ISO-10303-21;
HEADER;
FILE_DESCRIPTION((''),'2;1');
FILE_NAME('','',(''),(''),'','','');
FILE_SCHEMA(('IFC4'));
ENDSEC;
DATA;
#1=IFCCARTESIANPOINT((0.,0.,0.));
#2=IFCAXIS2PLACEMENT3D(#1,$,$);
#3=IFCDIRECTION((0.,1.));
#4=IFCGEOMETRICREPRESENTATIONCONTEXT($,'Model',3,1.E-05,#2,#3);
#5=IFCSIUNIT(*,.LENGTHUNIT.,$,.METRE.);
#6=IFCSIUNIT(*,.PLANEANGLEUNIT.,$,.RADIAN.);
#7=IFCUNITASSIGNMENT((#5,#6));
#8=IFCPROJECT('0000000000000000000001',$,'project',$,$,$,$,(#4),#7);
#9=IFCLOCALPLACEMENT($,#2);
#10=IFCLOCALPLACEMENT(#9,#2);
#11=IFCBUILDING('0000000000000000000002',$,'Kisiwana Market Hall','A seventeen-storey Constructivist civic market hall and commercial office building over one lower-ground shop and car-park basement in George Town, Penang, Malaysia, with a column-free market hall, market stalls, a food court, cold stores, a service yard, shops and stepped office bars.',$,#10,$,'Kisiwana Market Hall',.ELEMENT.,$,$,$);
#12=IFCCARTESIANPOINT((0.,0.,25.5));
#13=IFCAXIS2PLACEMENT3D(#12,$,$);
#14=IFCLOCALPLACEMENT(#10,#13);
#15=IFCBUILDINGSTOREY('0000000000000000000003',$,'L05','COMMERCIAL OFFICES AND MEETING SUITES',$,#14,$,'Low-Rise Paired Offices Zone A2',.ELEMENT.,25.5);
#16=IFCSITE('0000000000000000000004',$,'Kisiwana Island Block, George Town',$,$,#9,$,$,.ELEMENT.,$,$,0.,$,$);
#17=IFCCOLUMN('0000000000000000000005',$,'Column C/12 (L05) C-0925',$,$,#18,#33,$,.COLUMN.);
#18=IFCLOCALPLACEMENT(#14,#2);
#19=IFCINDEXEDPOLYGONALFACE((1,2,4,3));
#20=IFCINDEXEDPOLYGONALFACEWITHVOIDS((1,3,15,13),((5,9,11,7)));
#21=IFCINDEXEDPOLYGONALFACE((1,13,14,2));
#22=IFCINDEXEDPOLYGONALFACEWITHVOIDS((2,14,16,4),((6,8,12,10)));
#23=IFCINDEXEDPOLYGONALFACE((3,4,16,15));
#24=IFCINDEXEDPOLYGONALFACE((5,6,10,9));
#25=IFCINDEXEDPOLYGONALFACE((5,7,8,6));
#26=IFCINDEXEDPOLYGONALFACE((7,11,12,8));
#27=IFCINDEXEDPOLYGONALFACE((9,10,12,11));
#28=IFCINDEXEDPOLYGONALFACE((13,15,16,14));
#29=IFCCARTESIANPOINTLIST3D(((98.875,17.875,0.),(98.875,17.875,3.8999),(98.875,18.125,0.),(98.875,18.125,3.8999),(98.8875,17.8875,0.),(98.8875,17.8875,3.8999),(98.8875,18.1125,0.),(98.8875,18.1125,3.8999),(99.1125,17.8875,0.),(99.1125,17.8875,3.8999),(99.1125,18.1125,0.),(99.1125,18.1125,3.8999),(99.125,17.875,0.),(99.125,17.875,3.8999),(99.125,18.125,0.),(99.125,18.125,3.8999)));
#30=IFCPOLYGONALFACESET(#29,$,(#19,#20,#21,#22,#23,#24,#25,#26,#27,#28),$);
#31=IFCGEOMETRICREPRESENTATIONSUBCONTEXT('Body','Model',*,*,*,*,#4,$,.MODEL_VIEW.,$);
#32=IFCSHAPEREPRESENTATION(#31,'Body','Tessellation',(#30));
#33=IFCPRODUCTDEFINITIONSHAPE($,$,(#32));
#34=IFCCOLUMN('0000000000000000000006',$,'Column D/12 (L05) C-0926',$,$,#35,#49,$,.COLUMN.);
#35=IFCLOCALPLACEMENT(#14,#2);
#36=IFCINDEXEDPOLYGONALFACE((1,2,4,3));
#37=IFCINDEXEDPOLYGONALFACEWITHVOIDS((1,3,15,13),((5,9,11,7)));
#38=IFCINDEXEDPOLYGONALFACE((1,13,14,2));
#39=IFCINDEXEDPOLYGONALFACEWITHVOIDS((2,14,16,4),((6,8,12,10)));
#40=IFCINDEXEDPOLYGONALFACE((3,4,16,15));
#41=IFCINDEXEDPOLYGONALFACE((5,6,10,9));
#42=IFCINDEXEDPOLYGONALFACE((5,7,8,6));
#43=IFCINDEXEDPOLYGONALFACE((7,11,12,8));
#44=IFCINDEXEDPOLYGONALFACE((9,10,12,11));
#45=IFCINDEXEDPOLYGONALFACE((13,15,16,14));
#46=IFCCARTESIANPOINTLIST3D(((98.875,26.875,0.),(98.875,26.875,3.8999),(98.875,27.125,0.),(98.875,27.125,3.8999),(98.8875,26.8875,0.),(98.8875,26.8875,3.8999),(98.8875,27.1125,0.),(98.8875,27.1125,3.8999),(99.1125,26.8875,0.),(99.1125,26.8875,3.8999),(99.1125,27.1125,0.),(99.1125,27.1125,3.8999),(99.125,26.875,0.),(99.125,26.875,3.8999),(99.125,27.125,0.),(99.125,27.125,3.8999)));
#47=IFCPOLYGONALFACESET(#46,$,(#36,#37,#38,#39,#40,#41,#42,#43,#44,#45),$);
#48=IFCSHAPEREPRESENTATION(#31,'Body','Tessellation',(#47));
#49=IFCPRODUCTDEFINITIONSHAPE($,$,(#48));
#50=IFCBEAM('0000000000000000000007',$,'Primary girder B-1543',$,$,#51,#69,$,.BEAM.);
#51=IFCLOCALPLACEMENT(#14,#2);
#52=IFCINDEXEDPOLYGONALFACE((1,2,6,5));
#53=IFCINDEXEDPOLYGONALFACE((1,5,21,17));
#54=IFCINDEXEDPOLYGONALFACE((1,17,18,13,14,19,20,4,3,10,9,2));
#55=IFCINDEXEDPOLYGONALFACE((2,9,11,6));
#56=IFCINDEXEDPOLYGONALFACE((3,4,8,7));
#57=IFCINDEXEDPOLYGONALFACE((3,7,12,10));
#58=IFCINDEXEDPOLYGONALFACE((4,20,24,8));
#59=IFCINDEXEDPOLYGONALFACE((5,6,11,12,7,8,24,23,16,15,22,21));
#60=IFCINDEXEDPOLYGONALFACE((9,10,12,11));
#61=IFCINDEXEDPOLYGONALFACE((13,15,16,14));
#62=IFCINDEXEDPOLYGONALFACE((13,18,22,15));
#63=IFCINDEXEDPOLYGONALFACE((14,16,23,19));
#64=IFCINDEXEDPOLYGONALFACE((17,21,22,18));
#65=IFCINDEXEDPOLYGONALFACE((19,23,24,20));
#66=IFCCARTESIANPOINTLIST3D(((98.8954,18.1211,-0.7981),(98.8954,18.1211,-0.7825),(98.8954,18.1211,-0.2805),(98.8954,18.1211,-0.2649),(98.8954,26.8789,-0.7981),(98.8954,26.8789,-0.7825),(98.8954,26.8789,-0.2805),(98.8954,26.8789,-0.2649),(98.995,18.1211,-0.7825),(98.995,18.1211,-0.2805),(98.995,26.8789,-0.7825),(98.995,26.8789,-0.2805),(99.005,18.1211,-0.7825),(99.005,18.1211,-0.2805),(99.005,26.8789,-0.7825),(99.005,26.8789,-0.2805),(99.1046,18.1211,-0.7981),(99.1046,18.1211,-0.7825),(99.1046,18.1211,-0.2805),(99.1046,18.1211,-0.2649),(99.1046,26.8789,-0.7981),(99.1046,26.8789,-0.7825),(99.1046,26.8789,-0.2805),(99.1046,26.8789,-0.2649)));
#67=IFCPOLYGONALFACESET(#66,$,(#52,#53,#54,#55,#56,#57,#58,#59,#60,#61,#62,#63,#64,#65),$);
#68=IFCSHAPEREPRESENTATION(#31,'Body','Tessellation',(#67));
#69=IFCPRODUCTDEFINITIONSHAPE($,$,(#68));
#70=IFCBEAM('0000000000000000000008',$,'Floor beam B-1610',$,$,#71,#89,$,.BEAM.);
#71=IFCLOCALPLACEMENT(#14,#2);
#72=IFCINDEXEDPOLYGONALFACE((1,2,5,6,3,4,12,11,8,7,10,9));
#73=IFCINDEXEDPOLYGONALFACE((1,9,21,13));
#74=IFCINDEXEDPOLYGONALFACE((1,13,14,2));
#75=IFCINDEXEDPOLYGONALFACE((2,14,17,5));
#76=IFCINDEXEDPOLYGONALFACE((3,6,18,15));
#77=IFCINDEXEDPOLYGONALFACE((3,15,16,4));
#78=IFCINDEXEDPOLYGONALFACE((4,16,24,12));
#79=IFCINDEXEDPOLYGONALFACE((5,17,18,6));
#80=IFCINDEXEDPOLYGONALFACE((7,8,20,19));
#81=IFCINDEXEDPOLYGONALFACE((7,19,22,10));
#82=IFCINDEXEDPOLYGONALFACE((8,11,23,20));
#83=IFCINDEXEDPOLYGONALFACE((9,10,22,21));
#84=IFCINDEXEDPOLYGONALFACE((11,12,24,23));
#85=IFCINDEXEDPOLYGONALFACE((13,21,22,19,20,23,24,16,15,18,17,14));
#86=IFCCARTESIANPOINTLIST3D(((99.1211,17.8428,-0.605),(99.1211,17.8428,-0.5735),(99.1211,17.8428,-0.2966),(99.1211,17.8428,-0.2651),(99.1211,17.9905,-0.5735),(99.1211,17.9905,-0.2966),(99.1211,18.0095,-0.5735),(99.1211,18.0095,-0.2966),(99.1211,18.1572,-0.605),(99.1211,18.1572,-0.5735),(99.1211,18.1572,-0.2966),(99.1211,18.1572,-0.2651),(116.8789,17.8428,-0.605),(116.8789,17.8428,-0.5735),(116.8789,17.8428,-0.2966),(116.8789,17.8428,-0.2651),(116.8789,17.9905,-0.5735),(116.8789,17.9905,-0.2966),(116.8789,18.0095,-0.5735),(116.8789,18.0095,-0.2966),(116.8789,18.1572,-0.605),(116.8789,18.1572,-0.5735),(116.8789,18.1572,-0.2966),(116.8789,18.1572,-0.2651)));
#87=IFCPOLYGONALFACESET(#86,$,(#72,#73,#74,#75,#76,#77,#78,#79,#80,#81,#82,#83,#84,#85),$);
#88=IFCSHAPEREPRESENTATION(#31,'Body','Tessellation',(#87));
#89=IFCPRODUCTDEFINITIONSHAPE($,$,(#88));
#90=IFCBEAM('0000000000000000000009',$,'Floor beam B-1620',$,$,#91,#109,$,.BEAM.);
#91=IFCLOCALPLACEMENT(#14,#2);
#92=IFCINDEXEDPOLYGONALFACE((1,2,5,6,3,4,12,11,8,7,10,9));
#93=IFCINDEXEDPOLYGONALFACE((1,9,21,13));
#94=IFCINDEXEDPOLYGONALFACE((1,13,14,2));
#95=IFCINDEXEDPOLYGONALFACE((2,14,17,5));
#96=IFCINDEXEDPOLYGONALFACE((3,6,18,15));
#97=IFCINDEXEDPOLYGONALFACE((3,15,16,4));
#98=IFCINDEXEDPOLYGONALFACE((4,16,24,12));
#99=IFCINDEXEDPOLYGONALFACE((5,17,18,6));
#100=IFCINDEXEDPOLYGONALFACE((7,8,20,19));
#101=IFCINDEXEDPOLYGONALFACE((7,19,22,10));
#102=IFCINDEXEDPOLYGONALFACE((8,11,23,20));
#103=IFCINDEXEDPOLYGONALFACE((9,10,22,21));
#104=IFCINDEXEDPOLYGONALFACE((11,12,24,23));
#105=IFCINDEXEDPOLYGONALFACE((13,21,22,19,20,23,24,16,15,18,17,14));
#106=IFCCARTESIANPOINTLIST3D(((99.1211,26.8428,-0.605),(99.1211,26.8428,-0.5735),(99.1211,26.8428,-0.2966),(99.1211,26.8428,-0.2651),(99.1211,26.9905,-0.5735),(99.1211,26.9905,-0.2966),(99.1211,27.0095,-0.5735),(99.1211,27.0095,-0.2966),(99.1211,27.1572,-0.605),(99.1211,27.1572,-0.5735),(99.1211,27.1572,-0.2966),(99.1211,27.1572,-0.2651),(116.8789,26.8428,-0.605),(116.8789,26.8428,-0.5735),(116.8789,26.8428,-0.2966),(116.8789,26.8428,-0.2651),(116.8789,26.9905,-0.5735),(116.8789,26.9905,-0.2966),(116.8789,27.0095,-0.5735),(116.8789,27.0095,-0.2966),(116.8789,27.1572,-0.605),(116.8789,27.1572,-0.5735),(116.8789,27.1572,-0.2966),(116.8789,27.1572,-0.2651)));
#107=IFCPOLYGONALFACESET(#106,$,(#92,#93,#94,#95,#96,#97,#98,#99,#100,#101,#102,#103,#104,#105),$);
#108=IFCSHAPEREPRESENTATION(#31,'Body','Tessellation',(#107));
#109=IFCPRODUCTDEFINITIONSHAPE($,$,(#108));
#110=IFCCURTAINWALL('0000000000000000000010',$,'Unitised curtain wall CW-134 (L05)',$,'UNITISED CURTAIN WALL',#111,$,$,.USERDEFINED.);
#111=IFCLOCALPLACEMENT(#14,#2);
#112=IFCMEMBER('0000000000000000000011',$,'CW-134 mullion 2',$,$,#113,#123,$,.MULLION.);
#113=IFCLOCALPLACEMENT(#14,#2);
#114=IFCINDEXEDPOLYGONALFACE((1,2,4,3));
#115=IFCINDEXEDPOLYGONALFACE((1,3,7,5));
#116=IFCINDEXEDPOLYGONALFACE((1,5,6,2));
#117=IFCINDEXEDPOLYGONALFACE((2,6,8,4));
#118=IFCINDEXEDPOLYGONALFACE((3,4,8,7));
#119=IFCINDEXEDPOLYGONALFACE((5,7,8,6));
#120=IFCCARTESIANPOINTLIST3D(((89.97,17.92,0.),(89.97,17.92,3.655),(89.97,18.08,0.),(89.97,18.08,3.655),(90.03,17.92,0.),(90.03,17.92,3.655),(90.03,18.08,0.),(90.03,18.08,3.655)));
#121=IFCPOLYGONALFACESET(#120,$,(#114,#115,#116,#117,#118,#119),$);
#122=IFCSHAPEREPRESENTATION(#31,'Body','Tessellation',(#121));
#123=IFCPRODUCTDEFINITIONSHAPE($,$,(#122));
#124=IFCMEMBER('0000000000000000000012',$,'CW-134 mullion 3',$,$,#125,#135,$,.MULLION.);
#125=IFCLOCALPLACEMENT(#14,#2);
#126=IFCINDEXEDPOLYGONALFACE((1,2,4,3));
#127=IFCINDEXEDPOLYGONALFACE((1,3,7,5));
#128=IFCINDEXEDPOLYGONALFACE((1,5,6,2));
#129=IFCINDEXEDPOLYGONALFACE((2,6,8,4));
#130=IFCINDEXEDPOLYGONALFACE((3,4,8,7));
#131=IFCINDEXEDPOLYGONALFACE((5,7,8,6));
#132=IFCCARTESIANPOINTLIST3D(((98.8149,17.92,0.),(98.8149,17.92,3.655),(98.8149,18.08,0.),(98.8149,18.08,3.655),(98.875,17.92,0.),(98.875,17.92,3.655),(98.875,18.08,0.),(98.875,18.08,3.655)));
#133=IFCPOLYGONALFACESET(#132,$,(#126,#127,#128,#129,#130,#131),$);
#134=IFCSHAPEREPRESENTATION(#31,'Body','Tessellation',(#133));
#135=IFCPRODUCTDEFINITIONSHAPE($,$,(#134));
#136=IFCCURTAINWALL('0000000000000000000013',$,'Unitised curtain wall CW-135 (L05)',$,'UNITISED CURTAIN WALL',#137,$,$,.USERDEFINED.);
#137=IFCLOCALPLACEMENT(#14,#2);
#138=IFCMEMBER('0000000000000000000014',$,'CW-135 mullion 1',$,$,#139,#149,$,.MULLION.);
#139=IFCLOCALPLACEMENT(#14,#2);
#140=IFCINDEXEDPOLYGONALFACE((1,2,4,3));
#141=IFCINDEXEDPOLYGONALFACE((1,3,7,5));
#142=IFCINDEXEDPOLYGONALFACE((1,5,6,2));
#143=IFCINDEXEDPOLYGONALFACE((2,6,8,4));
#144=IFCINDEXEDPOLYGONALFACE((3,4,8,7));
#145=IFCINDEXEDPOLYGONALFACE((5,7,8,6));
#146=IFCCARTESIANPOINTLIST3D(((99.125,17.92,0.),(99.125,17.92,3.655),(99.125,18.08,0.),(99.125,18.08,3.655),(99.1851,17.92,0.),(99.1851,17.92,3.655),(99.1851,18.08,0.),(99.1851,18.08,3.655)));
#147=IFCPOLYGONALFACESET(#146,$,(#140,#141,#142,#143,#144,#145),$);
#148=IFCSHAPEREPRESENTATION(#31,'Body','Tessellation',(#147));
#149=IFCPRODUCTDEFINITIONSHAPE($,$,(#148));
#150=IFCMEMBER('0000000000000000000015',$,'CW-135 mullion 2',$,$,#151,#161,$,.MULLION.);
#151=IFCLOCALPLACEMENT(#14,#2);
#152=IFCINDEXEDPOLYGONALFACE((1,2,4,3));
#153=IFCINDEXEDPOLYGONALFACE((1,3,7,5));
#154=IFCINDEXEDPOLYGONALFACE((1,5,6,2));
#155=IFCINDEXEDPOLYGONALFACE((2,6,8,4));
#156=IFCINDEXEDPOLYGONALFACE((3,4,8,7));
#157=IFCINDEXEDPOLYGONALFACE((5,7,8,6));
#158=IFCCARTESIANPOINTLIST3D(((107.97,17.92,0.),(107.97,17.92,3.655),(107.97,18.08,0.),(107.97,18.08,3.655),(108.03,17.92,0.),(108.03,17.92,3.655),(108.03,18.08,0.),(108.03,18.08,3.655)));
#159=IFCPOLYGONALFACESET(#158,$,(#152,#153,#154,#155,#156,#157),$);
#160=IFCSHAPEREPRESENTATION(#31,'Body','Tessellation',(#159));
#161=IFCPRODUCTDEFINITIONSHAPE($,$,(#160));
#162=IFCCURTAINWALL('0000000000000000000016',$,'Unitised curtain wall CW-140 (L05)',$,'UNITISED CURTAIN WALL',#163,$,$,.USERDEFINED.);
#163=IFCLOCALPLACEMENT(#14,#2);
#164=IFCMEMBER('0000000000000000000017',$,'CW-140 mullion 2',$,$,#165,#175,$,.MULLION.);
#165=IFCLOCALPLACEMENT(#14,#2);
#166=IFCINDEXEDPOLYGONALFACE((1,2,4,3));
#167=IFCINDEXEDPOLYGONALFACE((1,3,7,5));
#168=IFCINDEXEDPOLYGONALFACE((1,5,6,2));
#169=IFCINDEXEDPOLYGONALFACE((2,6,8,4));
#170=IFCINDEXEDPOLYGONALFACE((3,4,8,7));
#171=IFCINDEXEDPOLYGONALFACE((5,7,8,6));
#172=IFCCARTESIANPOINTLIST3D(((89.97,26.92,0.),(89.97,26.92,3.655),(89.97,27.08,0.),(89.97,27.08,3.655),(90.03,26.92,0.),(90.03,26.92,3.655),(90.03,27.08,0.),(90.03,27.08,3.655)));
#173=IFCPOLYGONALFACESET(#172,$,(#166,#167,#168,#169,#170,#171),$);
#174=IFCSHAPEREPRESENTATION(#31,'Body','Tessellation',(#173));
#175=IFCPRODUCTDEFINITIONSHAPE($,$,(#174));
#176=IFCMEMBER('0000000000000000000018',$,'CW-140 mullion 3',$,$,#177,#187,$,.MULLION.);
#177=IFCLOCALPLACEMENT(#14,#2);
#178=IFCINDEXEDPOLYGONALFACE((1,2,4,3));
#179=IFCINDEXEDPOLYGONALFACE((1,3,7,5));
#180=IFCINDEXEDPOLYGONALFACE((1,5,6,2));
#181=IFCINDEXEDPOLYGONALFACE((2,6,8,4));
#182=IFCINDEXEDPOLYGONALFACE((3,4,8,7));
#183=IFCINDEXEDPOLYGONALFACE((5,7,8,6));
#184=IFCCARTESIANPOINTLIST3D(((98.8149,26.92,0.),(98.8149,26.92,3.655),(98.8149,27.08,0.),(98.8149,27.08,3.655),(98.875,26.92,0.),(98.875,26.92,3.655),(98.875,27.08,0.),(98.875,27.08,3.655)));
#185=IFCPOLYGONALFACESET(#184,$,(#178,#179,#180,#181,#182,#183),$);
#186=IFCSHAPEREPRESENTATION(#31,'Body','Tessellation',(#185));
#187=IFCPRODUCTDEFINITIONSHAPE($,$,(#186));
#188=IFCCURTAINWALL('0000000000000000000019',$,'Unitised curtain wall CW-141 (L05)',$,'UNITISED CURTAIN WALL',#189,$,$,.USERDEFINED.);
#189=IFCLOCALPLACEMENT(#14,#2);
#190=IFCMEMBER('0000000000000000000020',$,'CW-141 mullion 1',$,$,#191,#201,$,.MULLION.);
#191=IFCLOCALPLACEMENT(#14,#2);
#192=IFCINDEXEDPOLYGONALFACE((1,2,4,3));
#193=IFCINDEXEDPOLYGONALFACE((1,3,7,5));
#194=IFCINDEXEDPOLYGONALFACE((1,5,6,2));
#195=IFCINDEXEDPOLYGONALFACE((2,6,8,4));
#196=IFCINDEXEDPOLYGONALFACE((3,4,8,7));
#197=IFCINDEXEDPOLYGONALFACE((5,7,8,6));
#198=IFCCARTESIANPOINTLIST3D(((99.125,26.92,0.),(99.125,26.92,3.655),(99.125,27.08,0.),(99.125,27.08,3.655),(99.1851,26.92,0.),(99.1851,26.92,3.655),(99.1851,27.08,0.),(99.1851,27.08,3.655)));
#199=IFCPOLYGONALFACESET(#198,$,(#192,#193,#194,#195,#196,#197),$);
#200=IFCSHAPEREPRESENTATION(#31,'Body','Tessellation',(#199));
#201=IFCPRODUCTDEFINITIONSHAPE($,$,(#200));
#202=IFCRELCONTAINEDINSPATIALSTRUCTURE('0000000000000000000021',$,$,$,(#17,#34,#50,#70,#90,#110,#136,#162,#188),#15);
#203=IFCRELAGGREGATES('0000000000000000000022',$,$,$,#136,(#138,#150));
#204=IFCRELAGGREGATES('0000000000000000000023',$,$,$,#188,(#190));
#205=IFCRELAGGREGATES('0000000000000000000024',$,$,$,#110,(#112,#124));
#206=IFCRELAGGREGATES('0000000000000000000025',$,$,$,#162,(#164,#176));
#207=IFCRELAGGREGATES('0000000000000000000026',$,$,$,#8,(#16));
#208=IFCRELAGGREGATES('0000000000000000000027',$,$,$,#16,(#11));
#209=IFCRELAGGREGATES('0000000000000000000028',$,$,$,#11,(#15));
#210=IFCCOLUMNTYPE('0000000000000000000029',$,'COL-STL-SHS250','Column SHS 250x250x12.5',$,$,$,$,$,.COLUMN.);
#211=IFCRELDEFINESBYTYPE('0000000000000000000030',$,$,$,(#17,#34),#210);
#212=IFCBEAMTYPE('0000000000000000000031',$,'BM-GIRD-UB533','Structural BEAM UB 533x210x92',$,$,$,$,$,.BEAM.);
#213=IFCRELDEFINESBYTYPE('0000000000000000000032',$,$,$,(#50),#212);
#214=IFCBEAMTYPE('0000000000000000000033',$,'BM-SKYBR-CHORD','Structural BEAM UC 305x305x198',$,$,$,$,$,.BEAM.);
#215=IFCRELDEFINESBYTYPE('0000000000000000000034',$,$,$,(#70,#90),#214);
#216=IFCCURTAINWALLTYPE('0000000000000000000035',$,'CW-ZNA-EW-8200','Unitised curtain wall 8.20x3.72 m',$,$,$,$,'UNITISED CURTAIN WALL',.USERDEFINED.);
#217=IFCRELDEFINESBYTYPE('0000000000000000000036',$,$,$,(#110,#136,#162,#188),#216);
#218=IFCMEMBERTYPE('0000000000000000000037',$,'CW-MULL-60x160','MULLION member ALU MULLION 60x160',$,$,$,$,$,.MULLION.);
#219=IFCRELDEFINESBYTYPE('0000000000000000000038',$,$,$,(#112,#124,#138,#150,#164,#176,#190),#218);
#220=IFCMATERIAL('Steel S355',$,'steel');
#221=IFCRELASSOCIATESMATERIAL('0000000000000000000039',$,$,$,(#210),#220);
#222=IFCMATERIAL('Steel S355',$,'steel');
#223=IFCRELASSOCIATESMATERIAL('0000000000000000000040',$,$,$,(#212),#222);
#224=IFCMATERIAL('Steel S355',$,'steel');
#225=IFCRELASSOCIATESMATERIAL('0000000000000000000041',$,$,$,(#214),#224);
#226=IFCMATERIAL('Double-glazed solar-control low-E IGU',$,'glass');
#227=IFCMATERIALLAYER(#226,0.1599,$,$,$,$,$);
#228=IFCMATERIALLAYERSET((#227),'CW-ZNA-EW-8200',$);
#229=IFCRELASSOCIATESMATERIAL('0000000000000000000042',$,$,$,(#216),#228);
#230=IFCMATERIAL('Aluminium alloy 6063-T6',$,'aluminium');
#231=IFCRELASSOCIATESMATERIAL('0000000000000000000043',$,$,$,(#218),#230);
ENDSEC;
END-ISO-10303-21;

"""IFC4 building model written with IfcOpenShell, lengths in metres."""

from ifc_helpers import new_model, si_unit, direction, frame, origin, origin_2d, place, context, subcontext, project, spatial, rectangle, hollow_rectangle, i_section, extrude, material, layer, layer_set, material_profile, profile_set, type_object, element, aggregate, save


model = new_model("IFC4")

# Units and contexts
model_context = context("Model", 3, precision=1e-05, world=origin(), true_north=direction((0.0, 1.0)))
body_context = subcontext(model_context, "Body", "Model", "MODEL_VIEW")
ifc_project = project(units=[si_unit("LENGTHUNIT", "METRE"), si_unit("PLANEANGLEUNIT", "RADIAN")], contexts=[model_context])

# Site, building, storey
site_placement = place(None, origin())
site = spatial("IfcSite", under=ifc_project, at=site_placement, Name="Kisiwana Island Block, George Town", CompositionType="ELEMENT", RefElevation=0.0)
building_placement = place(site_placement, origin())
building = spatial("IfcBuilding", under=site, at=building_placement, Name="Kisiwana Market Hall", Description="A seventeen-storey Constructivist civic market hall and commercial office building over one lower-ground shop and car-park basement in George Town, Penang, Malaysia, with a column-free market hall, market stalls, a food court, cold stores, a service yard, shops and stepped office bars.", LongName="Kisiwana Market Hall", CompositionType="ELEMENT")
storey_placement = place(building_placement, frame((0.0, 0.0, 25.5)))
storey = spatial("IfcBuildingStorey", under=building, at=storey_placement, Name="L05", Description="COMMERCIAL OFFICES AND MEETING SUITES", LongName="Low-Rise Paired Offices Zone A2", CompositionType="ELEMENT", Elevation=25.5)

# Columns
ifc_material_1 = material(Name="Steel S355", Category="steel")
ifc_material_profile_1 = material_profile(ifc_material_1, hollow_rectangle(XDim=0.25, YDim=0.25, WallThickness=0.0125, at=origin_2d()), Name="SHS 250x250x12.5")
ifc_profile_set_1 = profile_set([ifc_material_profile_1], Name="Steel S355")
column_type = type_object("IfcColumnType", Name="COL-STL-SHS250", Description="Column SHS 250x250x12.5", PredefinedType="COLUMN", material=ifc_profile_set_1)
for number, where, z_axis, x_axis, name in (
    (1, (99.0, 18.0, 0.0), (0.0, 0.0, 1.0), (1.0, 0.0, 0.0), "Column C/12 (L05) C-0925"),
    (2, (99.0, 27.0, 0.0), (0.0, 0.0, 1.0), (1.0, 0.0, 0.0), "Column D/12 (L05) C-0926"),
):
    element("IfcColumn", number, at=place(storey_placement, frame(where, z_axis=z_axis, x_axis=x_axis)), inside=storey, type_object=column_type, Name=name, PredefinedType="COLUMN", context=body_context, shape_type="SweptSolid", body=[
        extrude(hollow_rectangle(XDim=0.25, YDim=0.25, WallThickness=0.0125, at=origin_2d()), origin(), (0.0, 0.0, 1.0), 3.8999),
    ])

# Beams
ifc_material_2 = material(Name="Steel S355", Category="steel")
ifc_material_profile_2 = material_profile(ifc_material_2, i_section(OverallWidth=0.2092, OverallDepth=0.5332, WebThickness=0.01, FlangeThickness=0.0156, at=origin_2d()), Name="UB 533x210x92")
ifc_profile_set_2 = profile_set([ifc_material_profile_2], Name="Steel S355")
beam_type_1 = type_object("IfcBeamType", Name="BM-GIRD-UB533", Description="Structural BEAM UB 533x210x92", PredefinedType="BEAM", material=ifc_profile_set_2)
beam_placement = place(storey_placement, frame((99.0, 18.1211, -0.5315), z_axis=(0.0, 1.0, 0.0), x_axis=(-1.0, 0.0, 0.0)))
element("IfcBeam", 3, at=beam_placement, inside=storey, type_object=beam_type_1, Name="Primary girder B-1543", PredefinedType="BEAM", context=body_context, shape_type="SweptSolid", body=[
    extrude(i_section(OverallWidth=0.2092, OverallDepth=0.5332, WebThickness=0.01, FlangeThickness=0.0156, at=origin_2d()), origin(), (0.0, 0.0, 1.0), 8.7578),
])
ifc_material_3 = material(Name="Steel S355", Category="steel")
ifc_material_profile_3 = material_profile(ifc_material_3, i_section(OverallWidth=0.3145, OverallDepth=0.3398, WebThickness=0.019, FlangeThickness=0.0315, at=origin_2d()), Name="UC 305x305x198")
ifc_profile_set_3 = profile_set([ifc_material_profile_3], Name="Steel S355")
beam_type_2 = type_object("IfcBeamType", Name="BM-SKYBR-CHORD", Description="Structural BEAM UC 305x305x198", PredefinedType="BEAM", material=ifc_profile_set_3)
for number, where, z_axis, x_axis, name in (
    (4, (99.1211, 18.0, -0.4351), (1.0, 0.0, 0.0), (0.0, 1.0, 0.0), "Floor beam B-1610"),
    (5, (99.1211, 27.0, -0.4351), (1.0, 0.0, 0.0), (0.0, 1.0, 0.0), "Floor beam B-1620"),
):
    element("IfcBeam", number, at=place(storey_placement, frame(where, z_axis=z_axis, x_axis=x_axis)), inside=storey, type_object=beam_type_2, Name=name, PredefinedType="BEAM", context=body_context, shape_type="SweptSolid", body=[
        extrude(i_section(OverallWidth=0.3145, OverallDepth=0.3398, WebThickness=0.019, FlangeThickness=0.0315, at=origin_2d()), origin(), (0.0, 0.0, 1.0), 17.7578),
    ])

# Curtain walls, members
ifc_material_4 = material(Name="Double-glazed solar-control low-E IGU", Category="glass")
ifc_layer_1 = layer(ifc_material_4, 0.1599)
ifc_layer_set_1 = layer_set([ifc_layer_1], Name="CW-ZNA-EW-8200")
curtain_wall_type = type_object("IfcCurtainWallType", Name="CW-ZNA-EW-8200", Description="Unitised curtain wall 8.20x3.72 m", ElementType="UNITISED CURTAIN WALL", PredefinedType="USERDEFINED", material=ifc_layer_set_1)
curtain_wall_1_placement = place(storey_placement, origin())
curtain_wall_1 = element("IfcCurtainWall", 6, at=curtain_wall_1_placement, inside=storey, type_object=curtain_wall_type, Name="Unitised curtain wall CW-134 (L05)", ObjectType="UNITISED CURTAIN WALL", PredefinedType="USERDEFINED")
ifc_material_5 = material(Name="Aluminium alloy 6063-T6", Category="aluminium")
ifc_material_profile_4 = material_profile(ifc_material_5, rectangle(XDim=0.0601, YDim=0.1599, at=origin_2d()), Name="ALU MULLION 60x160")
ifc_profile_set_4 = profile_set([ifc_material_profile_4], Name="Aluminium alloy 6063-T6")
member_type_1 = type_object("IfcMemberType", Name="CW-MULL-60x160", Description="MULLION member ALU MULLION 60x160", PredefinedType="MULLION", material=ifc_profile_set_4)
member_1_placement = place(storey_placement, frame((90.0, 18.0, 0.0), z_axis=(0.0, 0.0, 1.0), x_axis=(1.0, 0.0, 0.0)))
member_1 = element("IfcMember", 7, at=member_1_placement, type_object=member_type_1, Name="CW-134 mullion 2", PredefinedType="MULLION", context=body_context, shape_type="SweptSolid", body=[
    extrude(rectangle(XDim=0.0601, YDim=0.1599, at=origin_2d()), origin(), (0.0, 0.0, 1.0), 3.655),
])
member_2_placement = place(storey_placement, frame((98.845, 18.0, 0.0), z_axis=(0.0, 0.0, 1.0), x_axis=(1.0, 0.0, 0.0)))
member_2 = element("IfcMember", 8, at=member_2_placement, type_object=member_type_1, Name="CW-134 mullion 3", PredefinedType="MULLION", context=body_context, shape_type="SweptSolid", body=[
    extrude(rectangle(XDim=0.0601, YDim=0.1599, at=origin_2d()), origin(), (0.0, 0.0, 1.0), 3.655),
])
curtain_wall_2_placement = place(storey_placement, origin())
curtain_wall_2 = element("IfcCurtainWall", 9, at=curtain_wall_2_placement, inside=storey, type_object=curtain_wall_type, Name="Unitised curtain wall CW-135 (L05)", ObjectType="UNITISED CURTAIN WALL", PredefinedType="USERDEFINED")
member_3_placement = place(storey_placement, frame((99.155, 18.0, 0.0), z_axis=(0.0, 0.0, 1.0), x_axis=(1.0, 0.0, 0.0)))
member_3 = element("IfcMember", 10, at=member_3_placement, type_object=member_type_1, Name="CW-135 mullion 1", PredefinedType="MULLION", context=body_context, shape_type="SweptSolid", body=[
    extrude(rectangle(XDim=0.0601, YDim=0.1599, at=origin_2d()), origin(), (0.0, 0.0, 1.0), 3.655),
])
member_4_placement = place(storey_placement, frame((108.0, 18.0, 0.0), z_axis=(0.0, 0.0, 1.0), x_axis=(1.0, 0.0, 0.0)))
member_4 = element("IfcMember", 11, at=member_4_placement, type_object=member_type_1, Name="CW-135 mullion 2", PredefinedType="MULLION", context=body_context, shape_type="SweptSolid", body=[
    extrude(rectangle(XDim=0.0601, YDim=0.1599, at=origin_2d()), origin(), (0.0, 0.0, 1.0), 3.655),
])
curtain_wall_3_placement = place(storey_placement, origin())
curtain_wall_3 = element("IfcCurtainWall", 12, at=curtain_wall_3_placement, inside=storey, type_object=curtain_wall_type, Name="Unitised curtain wall CW-140 (L05)", ObjectType="UNITISED CURTAIN WALL", PredefinedType="USERDEFINED")
member_5_placement = place(storey_placement, frame((90.0, 27.0, 0.0), z_axis=(0.0, 0.0, 1.0), x_axis=(1.0, 0.0, 0.0)))
member_5 = element("IfcMember", 13, at=member_5_placement, type_object=member_type_1, Name="CW-140 mullion 2", PredefinedType="MULLION", context=body_context, shape_type="SweptSolid", body=[
    extrude(rectangle(XDim=0.0601, YDim=0.1599, at=origin_2d()), origin(), (0.0, 0.0, 1.0), 3.655),
])
member_6_placement = place(storey_placement, frame((98.845, 27.0, 0.0), z_axis=(0.0, 0.0, 1.0), x_axis=(1.0, 0.0, 0.0)))
member_6 = element("IfcMember", 14, at=member_6_placement, type_object=member_type_1, Name="CW-140 mullion 3", PredefinedType="MULLION", context=body_context, shape_type="SweptSolid", body=[
    extrude(rectangle(XDim=0.0601, YDim=0.1599, at=origin_2d()), origin(), (0.0, 0.0, 1.0), 3.655),
])
curtain_wall_4_placement = place(storey_placement, origin())
curtain_wall_4 = element("IfcCurtainWall", 15, at=curtain_wall_4_placement, inside=storey, type_object=curtain_wall_type, Name="Unitised curtain wall CW-141 (L05)", ObjectType="UNITISED CURTAIN WALL", PredefinedType="USERDEFINED")
member_7_placement = place(storey_placement, frame((99.155, 27.0, 0.0), z_axis=(0.0, 0.0, 1.0), x_axis=(1.0, 0.0, 0.0)))
member_7 = element("IfcMember", 16, at=member_7_placement, type_object=member_type_1, Name="CW-141 mullion 1", PredefinedType="MULLION", context=body_context, shape_type="SweptSolid", body=[
    extrude(rectangle(XDim=0.0601, YDim=0.1599, at=origin_2d()), origin(), (0.0, 0.0, 1.0), 3.655),
])

aggregate(curtain_wall_2, [member_3, member_4])
aggregate(curtain_wall_4, [member_7])
aggregate(curtain_wall_1, [member_1, member_2])
aggregate(curtain_wall_3, [member_5, member_6])

save(model, "model.ifc")
